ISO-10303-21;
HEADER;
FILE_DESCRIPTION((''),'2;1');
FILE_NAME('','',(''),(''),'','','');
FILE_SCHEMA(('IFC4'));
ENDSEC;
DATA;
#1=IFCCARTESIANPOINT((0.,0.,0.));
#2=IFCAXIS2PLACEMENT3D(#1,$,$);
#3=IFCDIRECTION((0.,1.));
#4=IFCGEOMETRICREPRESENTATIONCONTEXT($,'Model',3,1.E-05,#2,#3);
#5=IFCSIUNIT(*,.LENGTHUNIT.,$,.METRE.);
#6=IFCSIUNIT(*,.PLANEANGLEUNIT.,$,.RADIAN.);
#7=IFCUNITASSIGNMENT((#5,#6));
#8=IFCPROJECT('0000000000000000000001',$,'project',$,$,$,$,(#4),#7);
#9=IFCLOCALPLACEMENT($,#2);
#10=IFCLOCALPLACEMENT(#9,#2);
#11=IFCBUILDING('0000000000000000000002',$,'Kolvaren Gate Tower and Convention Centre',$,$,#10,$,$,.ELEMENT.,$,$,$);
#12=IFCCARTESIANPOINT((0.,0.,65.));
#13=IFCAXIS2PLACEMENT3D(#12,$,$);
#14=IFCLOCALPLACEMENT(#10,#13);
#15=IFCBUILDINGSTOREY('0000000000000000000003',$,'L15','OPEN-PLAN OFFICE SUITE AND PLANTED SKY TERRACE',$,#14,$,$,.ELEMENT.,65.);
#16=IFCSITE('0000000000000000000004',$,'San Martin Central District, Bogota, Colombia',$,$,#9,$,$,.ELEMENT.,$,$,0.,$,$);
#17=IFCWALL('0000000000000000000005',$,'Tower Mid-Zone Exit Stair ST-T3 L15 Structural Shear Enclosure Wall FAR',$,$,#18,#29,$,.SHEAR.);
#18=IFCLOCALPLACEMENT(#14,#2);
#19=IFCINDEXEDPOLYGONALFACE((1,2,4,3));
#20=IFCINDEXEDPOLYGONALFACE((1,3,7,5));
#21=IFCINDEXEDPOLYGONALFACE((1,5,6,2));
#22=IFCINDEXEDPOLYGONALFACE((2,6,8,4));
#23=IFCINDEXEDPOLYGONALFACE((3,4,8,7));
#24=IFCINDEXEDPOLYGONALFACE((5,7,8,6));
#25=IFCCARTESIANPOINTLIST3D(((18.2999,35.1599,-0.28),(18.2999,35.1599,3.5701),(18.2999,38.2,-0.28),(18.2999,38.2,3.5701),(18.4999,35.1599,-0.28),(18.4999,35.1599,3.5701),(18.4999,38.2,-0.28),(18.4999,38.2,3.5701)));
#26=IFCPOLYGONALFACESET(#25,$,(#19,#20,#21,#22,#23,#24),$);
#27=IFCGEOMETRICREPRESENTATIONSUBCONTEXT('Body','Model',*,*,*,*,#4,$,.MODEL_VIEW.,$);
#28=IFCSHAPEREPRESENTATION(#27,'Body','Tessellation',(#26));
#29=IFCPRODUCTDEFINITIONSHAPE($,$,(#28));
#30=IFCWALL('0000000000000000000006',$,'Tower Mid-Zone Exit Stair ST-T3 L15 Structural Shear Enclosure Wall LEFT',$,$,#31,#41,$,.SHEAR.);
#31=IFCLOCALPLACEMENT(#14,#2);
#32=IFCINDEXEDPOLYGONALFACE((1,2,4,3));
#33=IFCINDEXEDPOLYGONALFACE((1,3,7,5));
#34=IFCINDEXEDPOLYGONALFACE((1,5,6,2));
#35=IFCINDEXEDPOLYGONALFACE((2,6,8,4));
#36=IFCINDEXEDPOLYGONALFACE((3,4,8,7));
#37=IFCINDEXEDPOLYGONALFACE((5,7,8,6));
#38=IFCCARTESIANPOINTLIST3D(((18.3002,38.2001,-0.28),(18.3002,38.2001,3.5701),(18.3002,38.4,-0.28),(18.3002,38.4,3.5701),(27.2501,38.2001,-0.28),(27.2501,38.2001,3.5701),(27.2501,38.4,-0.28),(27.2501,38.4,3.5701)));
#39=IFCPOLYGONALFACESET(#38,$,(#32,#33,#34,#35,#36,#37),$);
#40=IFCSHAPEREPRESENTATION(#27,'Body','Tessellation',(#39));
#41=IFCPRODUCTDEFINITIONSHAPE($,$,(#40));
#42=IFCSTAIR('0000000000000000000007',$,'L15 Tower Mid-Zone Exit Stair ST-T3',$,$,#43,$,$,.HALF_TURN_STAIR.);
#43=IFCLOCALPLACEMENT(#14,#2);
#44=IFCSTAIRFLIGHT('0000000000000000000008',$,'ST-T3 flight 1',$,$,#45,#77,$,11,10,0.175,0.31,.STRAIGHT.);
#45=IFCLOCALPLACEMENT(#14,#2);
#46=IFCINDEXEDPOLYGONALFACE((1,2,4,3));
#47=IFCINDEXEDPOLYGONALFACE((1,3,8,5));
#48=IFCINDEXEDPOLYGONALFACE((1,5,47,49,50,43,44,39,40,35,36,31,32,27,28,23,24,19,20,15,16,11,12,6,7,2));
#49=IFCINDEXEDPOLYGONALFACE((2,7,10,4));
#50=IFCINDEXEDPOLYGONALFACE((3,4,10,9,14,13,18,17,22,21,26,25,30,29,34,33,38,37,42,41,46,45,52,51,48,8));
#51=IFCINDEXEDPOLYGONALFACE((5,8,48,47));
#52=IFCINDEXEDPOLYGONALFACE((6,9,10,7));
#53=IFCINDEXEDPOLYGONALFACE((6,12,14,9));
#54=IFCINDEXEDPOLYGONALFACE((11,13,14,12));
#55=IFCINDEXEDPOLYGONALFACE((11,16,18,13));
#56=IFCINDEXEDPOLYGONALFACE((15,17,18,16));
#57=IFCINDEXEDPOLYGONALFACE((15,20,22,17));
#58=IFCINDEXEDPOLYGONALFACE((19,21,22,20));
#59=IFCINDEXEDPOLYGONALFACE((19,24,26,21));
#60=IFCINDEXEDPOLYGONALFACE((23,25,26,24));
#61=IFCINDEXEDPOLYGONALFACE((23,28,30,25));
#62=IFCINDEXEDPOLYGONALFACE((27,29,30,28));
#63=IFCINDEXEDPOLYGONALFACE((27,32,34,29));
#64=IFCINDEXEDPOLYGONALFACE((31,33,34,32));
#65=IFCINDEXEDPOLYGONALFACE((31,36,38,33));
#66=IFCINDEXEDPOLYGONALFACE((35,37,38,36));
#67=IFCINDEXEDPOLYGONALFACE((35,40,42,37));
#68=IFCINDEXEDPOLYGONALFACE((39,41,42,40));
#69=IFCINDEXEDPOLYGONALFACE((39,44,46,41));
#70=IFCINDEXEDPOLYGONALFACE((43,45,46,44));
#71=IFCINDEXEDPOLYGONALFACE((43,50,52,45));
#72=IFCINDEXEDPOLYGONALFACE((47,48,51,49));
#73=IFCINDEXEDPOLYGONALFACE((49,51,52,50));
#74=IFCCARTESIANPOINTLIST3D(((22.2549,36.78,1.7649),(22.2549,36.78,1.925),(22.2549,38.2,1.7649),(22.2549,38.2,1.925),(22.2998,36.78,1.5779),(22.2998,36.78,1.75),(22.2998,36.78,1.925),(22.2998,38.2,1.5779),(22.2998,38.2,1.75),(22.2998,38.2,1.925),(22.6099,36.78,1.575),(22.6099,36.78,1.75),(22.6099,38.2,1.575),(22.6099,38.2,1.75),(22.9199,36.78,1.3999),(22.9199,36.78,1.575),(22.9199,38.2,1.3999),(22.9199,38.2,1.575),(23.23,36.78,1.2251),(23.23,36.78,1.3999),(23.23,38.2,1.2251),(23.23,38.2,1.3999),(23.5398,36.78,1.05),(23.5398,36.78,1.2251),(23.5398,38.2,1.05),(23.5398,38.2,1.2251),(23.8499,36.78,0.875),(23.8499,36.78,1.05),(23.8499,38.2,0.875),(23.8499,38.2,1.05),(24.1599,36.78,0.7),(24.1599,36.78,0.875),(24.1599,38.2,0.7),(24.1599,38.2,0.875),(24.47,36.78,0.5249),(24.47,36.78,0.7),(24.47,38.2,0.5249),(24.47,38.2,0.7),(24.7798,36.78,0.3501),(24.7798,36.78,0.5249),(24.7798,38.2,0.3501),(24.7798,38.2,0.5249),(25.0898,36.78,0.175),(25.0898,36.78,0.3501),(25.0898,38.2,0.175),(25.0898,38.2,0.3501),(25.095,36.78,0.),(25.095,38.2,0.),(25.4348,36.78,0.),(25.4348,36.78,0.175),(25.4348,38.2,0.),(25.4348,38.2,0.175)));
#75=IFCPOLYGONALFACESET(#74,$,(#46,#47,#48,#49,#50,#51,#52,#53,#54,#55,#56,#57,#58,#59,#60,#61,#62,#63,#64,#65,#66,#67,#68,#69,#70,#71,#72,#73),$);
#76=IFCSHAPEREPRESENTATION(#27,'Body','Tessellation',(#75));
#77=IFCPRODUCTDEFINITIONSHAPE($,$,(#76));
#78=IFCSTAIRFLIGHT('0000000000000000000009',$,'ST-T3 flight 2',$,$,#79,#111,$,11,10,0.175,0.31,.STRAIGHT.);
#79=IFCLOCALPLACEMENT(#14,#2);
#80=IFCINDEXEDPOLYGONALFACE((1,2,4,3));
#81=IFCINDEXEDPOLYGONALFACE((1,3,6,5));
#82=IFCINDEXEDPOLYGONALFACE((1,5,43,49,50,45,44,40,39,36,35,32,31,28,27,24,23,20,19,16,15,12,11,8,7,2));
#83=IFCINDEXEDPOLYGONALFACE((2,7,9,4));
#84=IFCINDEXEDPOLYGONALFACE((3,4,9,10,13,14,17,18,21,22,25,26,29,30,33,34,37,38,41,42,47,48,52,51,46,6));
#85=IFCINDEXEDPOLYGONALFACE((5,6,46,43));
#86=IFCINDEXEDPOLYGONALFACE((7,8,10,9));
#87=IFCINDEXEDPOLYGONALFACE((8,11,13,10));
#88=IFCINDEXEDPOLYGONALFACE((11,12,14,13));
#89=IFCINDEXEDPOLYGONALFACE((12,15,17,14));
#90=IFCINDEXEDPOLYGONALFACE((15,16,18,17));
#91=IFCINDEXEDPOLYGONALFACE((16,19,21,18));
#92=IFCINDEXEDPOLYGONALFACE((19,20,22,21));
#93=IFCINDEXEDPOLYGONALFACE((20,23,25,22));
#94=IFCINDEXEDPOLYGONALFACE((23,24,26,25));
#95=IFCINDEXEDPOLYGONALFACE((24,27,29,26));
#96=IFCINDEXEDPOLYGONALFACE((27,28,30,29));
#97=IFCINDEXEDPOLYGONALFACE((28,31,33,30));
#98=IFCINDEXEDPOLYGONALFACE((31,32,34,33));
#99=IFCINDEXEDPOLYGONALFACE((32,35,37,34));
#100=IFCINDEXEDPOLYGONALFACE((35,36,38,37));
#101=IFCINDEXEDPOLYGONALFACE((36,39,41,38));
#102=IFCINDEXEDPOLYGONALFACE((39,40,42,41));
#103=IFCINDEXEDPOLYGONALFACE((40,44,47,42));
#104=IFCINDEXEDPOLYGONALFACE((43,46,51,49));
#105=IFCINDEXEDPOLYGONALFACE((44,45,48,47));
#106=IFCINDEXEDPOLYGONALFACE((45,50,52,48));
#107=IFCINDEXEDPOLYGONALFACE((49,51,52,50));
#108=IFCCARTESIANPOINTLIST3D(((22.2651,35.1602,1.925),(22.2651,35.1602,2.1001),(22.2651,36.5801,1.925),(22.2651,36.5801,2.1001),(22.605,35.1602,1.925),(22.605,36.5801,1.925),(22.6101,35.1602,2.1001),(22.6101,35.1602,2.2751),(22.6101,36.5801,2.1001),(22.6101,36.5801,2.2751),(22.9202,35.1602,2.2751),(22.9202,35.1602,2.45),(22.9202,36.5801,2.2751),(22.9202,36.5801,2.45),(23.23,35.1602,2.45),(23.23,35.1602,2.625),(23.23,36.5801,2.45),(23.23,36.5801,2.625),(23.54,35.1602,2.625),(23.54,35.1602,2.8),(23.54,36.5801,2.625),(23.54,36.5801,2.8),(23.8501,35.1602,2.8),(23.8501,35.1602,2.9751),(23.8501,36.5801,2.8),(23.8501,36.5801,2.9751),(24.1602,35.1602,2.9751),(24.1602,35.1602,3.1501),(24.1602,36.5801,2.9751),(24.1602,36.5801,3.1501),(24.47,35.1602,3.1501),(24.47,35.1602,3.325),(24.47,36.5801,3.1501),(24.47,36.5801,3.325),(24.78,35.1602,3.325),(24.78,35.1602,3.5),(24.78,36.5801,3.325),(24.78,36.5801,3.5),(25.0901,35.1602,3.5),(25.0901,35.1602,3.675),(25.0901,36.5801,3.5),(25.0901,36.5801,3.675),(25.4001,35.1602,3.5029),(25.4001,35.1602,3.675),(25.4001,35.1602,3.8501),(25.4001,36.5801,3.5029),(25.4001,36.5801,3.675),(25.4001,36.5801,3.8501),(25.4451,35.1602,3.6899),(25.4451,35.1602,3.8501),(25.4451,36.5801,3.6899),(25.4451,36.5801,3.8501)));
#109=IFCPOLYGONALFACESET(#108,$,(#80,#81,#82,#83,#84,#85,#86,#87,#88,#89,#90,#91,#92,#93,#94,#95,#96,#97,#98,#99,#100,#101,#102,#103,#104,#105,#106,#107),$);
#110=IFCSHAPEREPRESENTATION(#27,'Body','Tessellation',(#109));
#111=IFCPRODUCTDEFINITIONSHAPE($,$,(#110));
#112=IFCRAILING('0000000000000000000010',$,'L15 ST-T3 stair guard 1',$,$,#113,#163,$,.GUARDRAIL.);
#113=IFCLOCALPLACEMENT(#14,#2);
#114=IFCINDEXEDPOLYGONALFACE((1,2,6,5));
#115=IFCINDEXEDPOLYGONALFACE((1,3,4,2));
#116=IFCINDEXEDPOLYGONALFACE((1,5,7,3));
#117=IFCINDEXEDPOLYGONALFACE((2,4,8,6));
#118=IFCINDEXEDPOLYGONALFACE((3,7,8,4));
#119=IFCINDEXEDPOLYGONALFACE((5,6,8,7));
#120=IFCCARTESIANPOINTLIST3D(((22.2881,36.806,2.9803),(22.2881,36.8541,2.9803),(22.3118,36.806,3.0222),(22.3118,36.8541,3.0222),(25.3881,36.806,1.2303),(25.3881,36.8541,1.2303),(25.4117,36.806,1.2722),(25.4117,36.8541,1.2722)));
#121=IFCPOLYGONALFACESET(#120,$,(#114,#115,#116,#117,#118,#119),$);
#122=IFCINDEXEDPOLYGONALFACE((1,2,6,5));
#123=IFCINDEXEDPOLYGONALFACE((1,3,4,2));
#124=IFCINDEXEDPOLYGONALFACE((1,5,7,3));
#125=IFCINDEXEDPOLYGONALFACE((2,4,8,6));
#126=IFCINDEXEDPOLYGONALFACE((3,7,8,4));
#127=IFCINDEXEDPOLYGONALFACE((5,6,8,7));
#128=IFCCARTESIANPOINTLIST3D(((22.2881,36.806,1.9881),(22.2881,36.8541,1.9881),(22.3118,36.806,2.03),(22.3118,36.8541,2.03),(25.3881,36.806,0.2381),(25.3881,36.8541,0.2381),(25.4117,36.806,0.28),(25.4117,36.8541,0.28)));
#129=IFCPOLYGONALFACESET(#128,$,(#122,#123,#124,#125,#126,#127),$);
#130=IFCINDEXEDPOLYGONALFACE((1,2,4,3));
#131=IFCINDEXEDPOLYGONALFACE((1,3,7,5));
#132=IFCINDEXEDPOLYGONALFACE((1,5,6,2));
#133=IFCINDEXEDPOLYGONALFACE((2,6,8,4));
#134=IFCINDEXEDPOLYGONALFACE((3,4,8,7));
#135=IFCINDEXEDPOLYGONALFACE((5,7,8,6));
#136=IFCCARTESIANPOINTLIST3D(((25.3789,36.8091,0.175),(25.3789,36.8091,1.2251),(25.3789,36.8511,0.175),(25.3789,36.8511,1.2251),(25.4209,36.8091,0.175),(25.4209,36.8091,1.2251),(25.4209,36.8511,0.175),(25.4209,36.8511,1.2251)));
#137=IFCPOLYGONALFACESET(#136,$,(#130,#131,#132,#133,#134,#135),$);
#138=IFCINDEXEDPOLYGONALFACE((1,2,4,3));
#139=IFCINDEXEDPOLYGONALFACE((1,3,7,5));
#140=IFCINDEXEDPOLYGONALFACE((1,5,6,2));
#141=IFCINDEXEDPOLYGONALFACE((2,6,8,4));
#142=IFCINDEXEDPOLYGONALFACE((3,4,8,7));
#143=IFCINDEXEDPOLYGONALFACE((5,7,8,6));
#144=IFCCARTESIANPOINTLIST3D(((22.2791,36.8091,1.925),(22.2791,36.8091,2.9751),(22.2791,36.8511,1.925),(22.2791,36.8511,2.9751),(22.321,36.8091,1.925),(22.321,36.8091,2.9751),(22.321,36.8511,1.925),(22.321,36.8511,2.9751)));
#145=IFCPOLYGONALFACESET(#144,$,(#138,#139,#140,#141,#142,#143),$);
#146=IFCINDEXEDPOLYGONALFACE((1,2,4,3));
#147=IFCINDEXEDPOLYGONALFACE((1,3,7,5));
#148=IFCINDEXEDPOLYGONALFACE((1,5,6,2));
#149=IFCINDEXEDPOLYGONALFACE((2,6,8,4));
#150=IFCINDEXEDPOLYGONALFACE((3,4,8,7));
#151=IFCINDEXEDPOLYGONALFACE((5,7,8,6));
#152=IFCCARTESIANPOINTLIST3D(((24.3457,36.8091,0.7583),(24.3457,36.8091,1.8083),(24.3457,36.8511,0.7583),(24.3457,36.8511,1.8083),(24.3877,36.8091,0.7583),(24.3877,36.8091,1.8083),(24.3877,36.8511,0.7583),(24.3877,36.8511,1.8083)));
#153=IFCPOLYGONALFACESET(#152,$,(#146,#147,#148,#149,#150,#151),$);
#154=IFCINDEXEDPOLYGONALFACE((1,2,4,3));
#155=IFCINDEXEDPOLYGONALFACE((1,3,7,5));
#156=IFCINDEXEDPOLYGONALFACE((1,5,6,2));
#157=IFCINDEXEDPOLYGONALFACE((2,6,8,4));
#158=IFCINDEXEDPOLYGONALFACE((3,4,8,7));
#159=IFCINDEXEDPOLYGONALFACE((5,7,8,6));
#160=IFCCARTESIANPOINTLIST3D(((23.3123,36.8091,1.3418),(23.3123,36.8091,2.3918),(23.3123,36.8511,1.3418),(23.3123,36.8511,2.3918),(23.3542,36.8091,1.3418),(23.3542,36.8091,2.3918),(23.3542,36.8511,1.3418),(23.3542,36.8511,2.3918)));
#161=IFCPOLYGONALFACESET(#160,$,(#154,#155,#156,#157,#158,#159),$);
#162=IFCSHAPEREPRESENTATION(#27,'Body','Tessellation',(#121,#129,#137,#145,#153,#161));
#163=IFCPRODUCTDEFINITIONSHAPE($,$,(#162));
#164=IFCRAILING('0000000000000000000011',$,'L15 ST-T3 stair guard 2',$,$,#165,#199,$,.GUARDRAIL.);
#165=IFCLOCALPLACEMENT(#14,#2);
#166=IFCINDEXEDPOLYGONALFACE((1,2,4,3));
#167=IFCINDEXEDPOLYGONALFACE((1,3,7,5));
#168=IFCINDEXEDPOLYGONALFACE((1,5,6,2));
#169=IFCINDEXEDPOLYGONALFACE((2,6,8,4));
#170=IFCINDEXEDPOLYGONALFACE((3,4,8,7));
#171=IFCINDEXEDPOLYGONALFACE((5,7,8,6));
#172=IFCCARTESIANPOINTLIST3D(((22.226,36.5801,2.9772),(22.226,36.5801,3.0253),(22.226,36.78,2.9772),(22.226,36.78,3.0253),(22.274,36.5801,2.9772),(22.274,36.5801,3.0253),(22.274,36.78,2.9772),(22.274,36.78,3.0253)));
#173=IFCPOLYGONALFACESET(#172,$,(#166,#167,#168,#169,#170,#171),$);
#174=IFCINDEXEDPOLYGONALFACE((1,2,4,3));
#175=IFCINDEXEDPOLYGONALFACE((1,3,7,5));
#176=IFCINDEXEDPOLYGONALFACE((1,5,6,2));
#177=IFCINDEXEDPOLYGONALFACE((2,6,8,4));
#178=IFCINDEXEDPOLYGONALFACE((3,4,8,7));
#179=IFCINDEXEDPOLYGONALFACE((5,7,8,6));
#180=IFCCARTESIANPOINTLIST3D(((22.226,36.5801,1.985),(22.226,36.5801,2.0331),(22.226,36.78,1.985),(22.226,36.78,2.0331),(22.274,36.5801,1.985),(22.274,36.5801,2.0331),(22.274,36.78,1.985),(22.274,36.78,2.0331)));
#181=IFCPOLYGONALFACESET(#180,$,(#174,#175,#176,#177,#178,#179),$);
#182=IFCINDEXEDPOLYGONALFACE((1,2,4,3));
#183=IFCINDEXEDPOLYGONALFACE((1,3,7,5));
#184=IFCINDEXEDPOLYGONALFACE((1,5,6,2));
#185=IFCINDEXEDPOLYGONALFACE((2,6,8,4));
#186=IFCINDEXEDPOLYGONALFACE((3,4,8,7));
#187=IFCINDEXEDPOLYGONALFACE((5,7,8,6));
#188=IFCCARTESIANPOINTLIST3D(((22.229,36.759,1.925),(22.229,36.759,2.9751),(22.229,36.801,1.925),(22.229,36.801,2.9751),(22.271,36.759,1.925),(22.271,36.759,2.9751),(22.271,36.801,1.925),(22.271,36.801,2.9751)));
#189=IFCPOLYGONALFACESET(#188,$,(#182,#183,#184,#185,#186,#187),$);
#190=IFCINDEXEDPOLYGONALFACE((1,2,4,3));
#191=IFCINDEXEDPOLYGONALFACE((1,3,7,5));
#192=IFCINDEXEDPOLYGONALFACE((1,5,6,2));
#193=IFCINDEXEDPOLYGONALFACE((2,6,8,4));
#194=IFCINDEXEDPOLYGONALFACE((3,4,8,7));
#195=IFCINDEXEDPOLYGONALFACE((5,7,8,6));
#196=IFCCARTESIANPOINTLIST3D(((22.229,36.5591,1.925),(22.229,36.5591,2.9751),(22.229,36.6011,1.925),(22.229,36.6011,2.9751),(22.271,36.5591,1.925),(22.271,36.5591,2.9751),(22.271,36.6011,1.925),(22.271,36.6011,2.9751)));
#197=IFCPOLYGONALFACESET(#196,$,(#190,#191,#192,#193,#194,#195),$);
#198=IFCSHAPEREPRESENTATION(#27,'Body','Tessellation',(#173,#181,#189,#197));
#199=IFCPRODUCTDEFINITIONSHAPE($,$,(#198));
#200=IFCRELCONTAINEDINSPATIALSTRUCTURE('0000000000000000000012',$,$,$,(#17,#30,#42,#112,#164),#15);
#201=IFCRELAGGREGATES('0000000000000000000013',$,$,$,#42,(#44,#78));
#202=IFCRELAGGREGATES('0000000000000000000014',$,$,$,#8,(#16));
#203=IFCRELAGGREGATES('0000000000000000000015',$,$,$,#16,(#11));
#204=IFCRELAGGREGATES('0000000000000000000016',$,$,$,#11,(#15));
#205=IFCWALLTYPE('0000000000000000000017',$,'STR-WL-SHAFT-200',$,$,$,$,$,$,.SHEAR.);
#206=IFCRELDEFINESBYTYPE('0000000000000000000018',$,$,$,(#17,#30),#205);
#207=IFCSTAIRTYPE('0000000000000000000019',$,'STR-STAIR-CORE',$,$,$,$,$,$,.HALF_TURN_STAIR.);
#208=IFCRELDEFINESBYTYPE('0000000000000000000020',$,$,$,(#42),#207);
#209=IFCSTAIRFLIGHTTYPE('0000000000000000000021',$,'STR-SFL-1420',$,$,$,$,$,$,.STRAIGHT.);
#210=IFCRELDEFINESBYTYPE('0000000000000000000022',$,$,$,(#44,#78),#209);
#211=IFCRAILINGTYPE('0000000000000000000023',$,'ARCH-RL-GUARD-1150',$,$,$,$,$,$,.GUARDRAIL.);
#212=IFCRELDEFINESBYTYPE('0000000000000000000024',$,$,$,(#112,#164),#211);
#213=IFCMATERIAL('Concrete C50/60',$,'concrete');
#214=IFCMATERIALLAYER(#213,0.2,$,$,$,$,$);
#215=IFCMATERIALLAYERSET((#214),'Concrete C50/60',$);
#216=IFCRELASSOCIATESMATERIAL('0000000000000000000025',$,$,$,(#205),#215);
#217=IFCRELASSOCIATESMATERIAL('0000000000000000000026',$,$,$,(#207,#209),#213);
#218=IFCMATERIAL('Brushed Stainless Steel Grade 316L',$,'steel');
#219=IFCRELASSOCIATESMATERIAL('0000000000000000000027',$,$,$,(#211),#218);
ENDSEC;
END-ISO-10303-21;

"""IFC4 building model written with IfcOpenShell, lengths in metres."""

from ifc_helpers import new_model, si_unit, direction, frame, frame_2d, origin, origin_2d, place, context, subcontext, project, spatial, polyline, rectangle, outline, extrude, material, layer, layer_set, type_object, element, aggregate, save


model = new_model("IFC4")

# Units and contexts
model_context = context("Model", 3, precision=1e-05, world=origin(), true_north=direction((0.0, 1.0)))
body_context = subcontext(model_context, "Body", "Model", "MODEL_VIEW")
ifc_project = project(units=[si_unit("LENGTHUNIT", "METRE"), si_unit("PLANEANGLEUNIT", "RADIAN")], contexts=[model_context])

# Site, building, storey
site_placement = place(None, origin())
site = spatial("IfcSite", under=ifc_project, at=site_placement, Name="San Martin Central District, Bogota, Colombia", CompositionType="ELEMENT", RefElevation=0.0)
building_placement = place(site_placement, origin())
building = spatial("IfcBuilding", under=site, at=building_placement, Name="Kolvaren Gate Tower and Convention Centre", CompositionType="ELEMENT")
storey_placement = place(building_placement, frame((0.0, 0.0, 65.0)))
storey = spatial("IfcBuildingStorey", under=building, at=storey_placement, Name="L15", Description="OPEN-PLAN OFFICE SUITE AND PLANTED SKY TERRACE", CompositionType="ELEMENT", Elevation=65.0)

# Shared definitions
ifc_material_1 = material(Name="Concrete C50/60", Category="concrete")
ifc_layer_1 = layer(ifc_material_1, 0.2)
ifc_layer_set_1 = layer_set([ifc_layer_1], Name="Concrete C50/60")
wall_type_1 = type_object("IfcWallType", Name="STR-WL-SHAFT-200", PredefinedType="SHEAR", material=ifc_layer_set_1)

# Walls
wall_1_placement = place(storey_placement, frame((18.3999, 35.1599, -0.28), z_axis=(0.0, 0.0, 1.0), x_axis=(0.0, 1.0, 0.0)))
element("IfcWall", 1, at=wall_1_placement, inside=storey, type_object=wall_type_1, Name="Tower Mid-Zone Exit Stair ST-T3 L15 Structural Shear Enclosure Wall FAR", PredefinedType="SHEAR", context=body_context, shape_type="SweptSolid", body=[
    extrude(rectangle(XDim=3.04, YDim=0.2, at=frame_2d((1.52, 0.0))), origin(), (0.0, 0.0, 1.0), 3.8501),
])
wall_2_placement = place(storey_placement, frame((18.3, 38.3, -0.28), z_axis=(0.0, 0.0, 1.0), x_axis=(1.0, 0.0, 0.0)))
element("IfcWall", 2, at=wall_2_placement, inside=storey, type_object=wall_type_1, Name="Tower Mid-Zone Exit Stair ST-T3 L15 Structural Shear Enclosure Wall LEFT", PredefinedType="SHEAR", context=body_context, shape_type="SweptSolid", body=[
    extrude(rectangle(XDim=8.95, YDim=0.2, at=frame_2d((4.4751, 0.0))), origin(), (0.0, 0.0, 1.0), 3.8501),
])

# Stair, stair flights
stair_type = type_object("IfcStairType", Name="STR-STAIR-CORE", PredefinedType="HALF_TURN_STAIR", material=ifc_material_1)
stair_placement = place(storey_placement, origin())
stair = element("IfcStair", 3, at=stair_placement, inside=storey, type_object=stair_type, Name="L15 Tower Mid-Zone Exit Stair ST-T3", PredefinedType="HALF_TURN_STAIR")
stair_flight_type = type_object("IfcStairFlightType", Name="STR-SFL-1420", PredefinedType="STRAIGHT", material=ifc_material_1)
stair_flight_1_placement = place(storey_placement, frame((25.3999, 37.49, 0.0), z_axis=(0.0, 0.0, 1.0), x_axis=(-1.0, 0.0, 0.0)))
stair_flight_1 = element("IfcStairFlight", 4, at=stair_flight_1_placement, type_object=stair_flight_type, Name="ST-T3 flight 1", NumberOfRisers=11, NumberOfTreads=10, PredefinedType="STRAIGHT", RiserHeight=0.175, TreadLength=0.31, context=body_context, shape_type="SweptSolid", body=[
    extrude(outline(polyline([(-0.0349, 0.0), (-0.0349, 0.175), (0.3101, 0.175), (0.3101, 0.3501), (0.6201, 0.3501), (0.6201, 0.5249), (0.9299, 0.5249), (0.9299, 0.7), (1.24, 0.7), (1.24, 0.875), (1.55, 0.875), (1.55, 1.05), (1.8601, 1.05), (1.8601, 1.2251), (2.1699, 1.2251), (2.1699, 1.3999), (2.48, 1.3999), (2.48, 1.575), (2.79, 1.575), (2.79, 1.75), (3.1001, 1.75), (3.1001, 1.925), (3.145, 1.925), (3.145, 1.7649), (3.1001, 1.5779), (0.3049, 0.0), (-0.0349, 0.0)])), frame((0.0, 0.71, 0.0), z_axis=(0.0, -1.0, 0.0), x_axis=(1.0, 0.0, 0.0)), (0.0, 0.0, 1.0), 1.4199),
])
stair_flight_2_placement = place(storey_placement, frame((22.3, 35.8701, 1.925), z_axis=(0.0, 0.0, 1.0), x_axis=(1.0, 0.0, 0.0)))
stair_flight_2 = element("IfcStairFlight", 5, at=stair_flight_2_placement, type_object=stair_flight_type, Name="ST-T3 flight 2", NumberOfRisers=11, NumberOfTreads=10, PredefinedType="STRAIGHT", RiserHeight=0.175, TreadLength=0.31, context=body_context, shape_type="SweptSolid", body=[
    extrude(outline(polyline([(-0.0349, 0.0), (-0.0349, 0.175), (0.3101, 0.175), (0.3101, 0.3501), (0.6201, 0.3501), (0.6201, 0.5249), (0.9299, 0.5249), (0.9299, 0.7), (1.24, 0.7), (1.24, 0.875), (1.55, 0.875), (1.55, 1.05), (1.8601, 1.05), (1.8601, 1.2251), (2.1699, 1.2251), (2.1699, 1.3999), (2.48, 1.3999), (2.48, 1.575), (2.79, 1.575), (2.79, 1.75), (3.1001, 1.75), (3.1001, 1.925), (3.145, 1.925), (3.145, 1.7649), (3.1001, 1.5779), (0.3049, 0.0), (-0.0349, 0.0)])), frame((0.0, 0.71, 0.0), z_axis=(0.0, -1.0, 0.0), x_axis=(1.0, 0.0, 0.0)), (0.0, 0.0, 1.0), 1.4199),
])
aggregate(stair, [stair_flight_1, stair_flight_2])

# Railings
ifc_material_2 = material(Name="Brushed Stainless Steel Grade 316L", Category="steel")
railing_type_1 = type_object("IfcRailingType", Name="ARCH-RL-GUARD-1150", PredefinedType="GUARDRAIL", material=ifc_material_2)
railing_1_placement = place(storey_placement, frame((25.3999, 36.8301, 0.175)))
element("IfcRailing", 6, at=railing_1_placement, inside=storey, type_object=railing_type_1, Name="L15 ST-T3 stair guard 1", PredefinedType="GUARDRAIL", context=body_context, shape_type="SweptSolid", body=[
    extrude(rectangle(XDim=0.0481, YDim=0.0481, at=origin_2d()), frame((0.0, 0.0, 1.0762), z_axis=(-0.870814, 0.0, 0.491612), x_axis=(0.0, -1.0, 0.0)), (0.0, 0.0, 1.0), 3.5598),
    extrude(rectangle(XDim=0.0481, YDim=0.0481, at=origin_2d()), frame((0.0, 0.0, 0.084), z_axis=(-0.870814, 0.0, 0.491612), x_axis=(0.0, -1.0, 0.0)), (0.0, 0.0, 1.0), 3.5598),
    extrude(rectangle(XDim=0.042, YDim=0.042, at=origin_2d()), origin(), (0.0, 0.0, 1.0), 1.05),
    extrude(rectangle(XDim=0.042, YDim=0.042, at=origin_2d()), frame((-3.0999, 0.0, 1.75)), (0.0, 0.0, 1.0), 1.05),
    extrude(rectangle(XDim=0.042, YDim=0.042, at=origin_2d()), frame((-1.0332, 0.0, 0.5833)), (0.0, 0.0, 1.0), 1.05),
    extrude(rectangle(XDim=0.042, YDim=0.042, at=origin_2d()), frame((-2.0667, 0.0, 1.1667)), (0.0, 0.0, 1.0), 1.05),
])
railing_2_placement = place(storey_placement, frame((22.25, 36.78, 1.925)))
element("IfcRailing", 7, at=railing_2_placement, inside=storey, type_object=railing_type_1, Name="L15 ST-T3 stair guard 2", PredefinedType="GUARDRAIL", context=body_context, shape_type="SweptSolid", body=[
    extrude(rectangle(XDim=0.0481, YDim=0.0481, at=origin_2d()), frame((0.0, 0.0, 1.0762), z_axis=(0.0, -1.0, 0.0), x_axis=(1.0, 0.0, 0.0)), (0.0, 0.0, 1.0), 0.2),
    extrude(rectangle(XDim=0.0481, YDim=0.0481, at=origin_2d()), frame((0.0, 0.0, 0.084), z_axis=(0.0, -1.0, 0.0), x_axis=(1.0, 0.0, 0.0)), (0.0, 0.0, 1.0), 0.2),
    extrude(rectangle(XDim=0.042, YDim=0.042, at=origin_2d()), origin(), (0.0, 0.0, 1.0), 1.05),
    extrude(rectangle(XDim=0.042, YDim=0.042, at=origin_2d()), frame((0.0, -0.2, 0.0)), (0.0, 0.0, 1.0), 1.05),
])

save(model, "model.ifc")
